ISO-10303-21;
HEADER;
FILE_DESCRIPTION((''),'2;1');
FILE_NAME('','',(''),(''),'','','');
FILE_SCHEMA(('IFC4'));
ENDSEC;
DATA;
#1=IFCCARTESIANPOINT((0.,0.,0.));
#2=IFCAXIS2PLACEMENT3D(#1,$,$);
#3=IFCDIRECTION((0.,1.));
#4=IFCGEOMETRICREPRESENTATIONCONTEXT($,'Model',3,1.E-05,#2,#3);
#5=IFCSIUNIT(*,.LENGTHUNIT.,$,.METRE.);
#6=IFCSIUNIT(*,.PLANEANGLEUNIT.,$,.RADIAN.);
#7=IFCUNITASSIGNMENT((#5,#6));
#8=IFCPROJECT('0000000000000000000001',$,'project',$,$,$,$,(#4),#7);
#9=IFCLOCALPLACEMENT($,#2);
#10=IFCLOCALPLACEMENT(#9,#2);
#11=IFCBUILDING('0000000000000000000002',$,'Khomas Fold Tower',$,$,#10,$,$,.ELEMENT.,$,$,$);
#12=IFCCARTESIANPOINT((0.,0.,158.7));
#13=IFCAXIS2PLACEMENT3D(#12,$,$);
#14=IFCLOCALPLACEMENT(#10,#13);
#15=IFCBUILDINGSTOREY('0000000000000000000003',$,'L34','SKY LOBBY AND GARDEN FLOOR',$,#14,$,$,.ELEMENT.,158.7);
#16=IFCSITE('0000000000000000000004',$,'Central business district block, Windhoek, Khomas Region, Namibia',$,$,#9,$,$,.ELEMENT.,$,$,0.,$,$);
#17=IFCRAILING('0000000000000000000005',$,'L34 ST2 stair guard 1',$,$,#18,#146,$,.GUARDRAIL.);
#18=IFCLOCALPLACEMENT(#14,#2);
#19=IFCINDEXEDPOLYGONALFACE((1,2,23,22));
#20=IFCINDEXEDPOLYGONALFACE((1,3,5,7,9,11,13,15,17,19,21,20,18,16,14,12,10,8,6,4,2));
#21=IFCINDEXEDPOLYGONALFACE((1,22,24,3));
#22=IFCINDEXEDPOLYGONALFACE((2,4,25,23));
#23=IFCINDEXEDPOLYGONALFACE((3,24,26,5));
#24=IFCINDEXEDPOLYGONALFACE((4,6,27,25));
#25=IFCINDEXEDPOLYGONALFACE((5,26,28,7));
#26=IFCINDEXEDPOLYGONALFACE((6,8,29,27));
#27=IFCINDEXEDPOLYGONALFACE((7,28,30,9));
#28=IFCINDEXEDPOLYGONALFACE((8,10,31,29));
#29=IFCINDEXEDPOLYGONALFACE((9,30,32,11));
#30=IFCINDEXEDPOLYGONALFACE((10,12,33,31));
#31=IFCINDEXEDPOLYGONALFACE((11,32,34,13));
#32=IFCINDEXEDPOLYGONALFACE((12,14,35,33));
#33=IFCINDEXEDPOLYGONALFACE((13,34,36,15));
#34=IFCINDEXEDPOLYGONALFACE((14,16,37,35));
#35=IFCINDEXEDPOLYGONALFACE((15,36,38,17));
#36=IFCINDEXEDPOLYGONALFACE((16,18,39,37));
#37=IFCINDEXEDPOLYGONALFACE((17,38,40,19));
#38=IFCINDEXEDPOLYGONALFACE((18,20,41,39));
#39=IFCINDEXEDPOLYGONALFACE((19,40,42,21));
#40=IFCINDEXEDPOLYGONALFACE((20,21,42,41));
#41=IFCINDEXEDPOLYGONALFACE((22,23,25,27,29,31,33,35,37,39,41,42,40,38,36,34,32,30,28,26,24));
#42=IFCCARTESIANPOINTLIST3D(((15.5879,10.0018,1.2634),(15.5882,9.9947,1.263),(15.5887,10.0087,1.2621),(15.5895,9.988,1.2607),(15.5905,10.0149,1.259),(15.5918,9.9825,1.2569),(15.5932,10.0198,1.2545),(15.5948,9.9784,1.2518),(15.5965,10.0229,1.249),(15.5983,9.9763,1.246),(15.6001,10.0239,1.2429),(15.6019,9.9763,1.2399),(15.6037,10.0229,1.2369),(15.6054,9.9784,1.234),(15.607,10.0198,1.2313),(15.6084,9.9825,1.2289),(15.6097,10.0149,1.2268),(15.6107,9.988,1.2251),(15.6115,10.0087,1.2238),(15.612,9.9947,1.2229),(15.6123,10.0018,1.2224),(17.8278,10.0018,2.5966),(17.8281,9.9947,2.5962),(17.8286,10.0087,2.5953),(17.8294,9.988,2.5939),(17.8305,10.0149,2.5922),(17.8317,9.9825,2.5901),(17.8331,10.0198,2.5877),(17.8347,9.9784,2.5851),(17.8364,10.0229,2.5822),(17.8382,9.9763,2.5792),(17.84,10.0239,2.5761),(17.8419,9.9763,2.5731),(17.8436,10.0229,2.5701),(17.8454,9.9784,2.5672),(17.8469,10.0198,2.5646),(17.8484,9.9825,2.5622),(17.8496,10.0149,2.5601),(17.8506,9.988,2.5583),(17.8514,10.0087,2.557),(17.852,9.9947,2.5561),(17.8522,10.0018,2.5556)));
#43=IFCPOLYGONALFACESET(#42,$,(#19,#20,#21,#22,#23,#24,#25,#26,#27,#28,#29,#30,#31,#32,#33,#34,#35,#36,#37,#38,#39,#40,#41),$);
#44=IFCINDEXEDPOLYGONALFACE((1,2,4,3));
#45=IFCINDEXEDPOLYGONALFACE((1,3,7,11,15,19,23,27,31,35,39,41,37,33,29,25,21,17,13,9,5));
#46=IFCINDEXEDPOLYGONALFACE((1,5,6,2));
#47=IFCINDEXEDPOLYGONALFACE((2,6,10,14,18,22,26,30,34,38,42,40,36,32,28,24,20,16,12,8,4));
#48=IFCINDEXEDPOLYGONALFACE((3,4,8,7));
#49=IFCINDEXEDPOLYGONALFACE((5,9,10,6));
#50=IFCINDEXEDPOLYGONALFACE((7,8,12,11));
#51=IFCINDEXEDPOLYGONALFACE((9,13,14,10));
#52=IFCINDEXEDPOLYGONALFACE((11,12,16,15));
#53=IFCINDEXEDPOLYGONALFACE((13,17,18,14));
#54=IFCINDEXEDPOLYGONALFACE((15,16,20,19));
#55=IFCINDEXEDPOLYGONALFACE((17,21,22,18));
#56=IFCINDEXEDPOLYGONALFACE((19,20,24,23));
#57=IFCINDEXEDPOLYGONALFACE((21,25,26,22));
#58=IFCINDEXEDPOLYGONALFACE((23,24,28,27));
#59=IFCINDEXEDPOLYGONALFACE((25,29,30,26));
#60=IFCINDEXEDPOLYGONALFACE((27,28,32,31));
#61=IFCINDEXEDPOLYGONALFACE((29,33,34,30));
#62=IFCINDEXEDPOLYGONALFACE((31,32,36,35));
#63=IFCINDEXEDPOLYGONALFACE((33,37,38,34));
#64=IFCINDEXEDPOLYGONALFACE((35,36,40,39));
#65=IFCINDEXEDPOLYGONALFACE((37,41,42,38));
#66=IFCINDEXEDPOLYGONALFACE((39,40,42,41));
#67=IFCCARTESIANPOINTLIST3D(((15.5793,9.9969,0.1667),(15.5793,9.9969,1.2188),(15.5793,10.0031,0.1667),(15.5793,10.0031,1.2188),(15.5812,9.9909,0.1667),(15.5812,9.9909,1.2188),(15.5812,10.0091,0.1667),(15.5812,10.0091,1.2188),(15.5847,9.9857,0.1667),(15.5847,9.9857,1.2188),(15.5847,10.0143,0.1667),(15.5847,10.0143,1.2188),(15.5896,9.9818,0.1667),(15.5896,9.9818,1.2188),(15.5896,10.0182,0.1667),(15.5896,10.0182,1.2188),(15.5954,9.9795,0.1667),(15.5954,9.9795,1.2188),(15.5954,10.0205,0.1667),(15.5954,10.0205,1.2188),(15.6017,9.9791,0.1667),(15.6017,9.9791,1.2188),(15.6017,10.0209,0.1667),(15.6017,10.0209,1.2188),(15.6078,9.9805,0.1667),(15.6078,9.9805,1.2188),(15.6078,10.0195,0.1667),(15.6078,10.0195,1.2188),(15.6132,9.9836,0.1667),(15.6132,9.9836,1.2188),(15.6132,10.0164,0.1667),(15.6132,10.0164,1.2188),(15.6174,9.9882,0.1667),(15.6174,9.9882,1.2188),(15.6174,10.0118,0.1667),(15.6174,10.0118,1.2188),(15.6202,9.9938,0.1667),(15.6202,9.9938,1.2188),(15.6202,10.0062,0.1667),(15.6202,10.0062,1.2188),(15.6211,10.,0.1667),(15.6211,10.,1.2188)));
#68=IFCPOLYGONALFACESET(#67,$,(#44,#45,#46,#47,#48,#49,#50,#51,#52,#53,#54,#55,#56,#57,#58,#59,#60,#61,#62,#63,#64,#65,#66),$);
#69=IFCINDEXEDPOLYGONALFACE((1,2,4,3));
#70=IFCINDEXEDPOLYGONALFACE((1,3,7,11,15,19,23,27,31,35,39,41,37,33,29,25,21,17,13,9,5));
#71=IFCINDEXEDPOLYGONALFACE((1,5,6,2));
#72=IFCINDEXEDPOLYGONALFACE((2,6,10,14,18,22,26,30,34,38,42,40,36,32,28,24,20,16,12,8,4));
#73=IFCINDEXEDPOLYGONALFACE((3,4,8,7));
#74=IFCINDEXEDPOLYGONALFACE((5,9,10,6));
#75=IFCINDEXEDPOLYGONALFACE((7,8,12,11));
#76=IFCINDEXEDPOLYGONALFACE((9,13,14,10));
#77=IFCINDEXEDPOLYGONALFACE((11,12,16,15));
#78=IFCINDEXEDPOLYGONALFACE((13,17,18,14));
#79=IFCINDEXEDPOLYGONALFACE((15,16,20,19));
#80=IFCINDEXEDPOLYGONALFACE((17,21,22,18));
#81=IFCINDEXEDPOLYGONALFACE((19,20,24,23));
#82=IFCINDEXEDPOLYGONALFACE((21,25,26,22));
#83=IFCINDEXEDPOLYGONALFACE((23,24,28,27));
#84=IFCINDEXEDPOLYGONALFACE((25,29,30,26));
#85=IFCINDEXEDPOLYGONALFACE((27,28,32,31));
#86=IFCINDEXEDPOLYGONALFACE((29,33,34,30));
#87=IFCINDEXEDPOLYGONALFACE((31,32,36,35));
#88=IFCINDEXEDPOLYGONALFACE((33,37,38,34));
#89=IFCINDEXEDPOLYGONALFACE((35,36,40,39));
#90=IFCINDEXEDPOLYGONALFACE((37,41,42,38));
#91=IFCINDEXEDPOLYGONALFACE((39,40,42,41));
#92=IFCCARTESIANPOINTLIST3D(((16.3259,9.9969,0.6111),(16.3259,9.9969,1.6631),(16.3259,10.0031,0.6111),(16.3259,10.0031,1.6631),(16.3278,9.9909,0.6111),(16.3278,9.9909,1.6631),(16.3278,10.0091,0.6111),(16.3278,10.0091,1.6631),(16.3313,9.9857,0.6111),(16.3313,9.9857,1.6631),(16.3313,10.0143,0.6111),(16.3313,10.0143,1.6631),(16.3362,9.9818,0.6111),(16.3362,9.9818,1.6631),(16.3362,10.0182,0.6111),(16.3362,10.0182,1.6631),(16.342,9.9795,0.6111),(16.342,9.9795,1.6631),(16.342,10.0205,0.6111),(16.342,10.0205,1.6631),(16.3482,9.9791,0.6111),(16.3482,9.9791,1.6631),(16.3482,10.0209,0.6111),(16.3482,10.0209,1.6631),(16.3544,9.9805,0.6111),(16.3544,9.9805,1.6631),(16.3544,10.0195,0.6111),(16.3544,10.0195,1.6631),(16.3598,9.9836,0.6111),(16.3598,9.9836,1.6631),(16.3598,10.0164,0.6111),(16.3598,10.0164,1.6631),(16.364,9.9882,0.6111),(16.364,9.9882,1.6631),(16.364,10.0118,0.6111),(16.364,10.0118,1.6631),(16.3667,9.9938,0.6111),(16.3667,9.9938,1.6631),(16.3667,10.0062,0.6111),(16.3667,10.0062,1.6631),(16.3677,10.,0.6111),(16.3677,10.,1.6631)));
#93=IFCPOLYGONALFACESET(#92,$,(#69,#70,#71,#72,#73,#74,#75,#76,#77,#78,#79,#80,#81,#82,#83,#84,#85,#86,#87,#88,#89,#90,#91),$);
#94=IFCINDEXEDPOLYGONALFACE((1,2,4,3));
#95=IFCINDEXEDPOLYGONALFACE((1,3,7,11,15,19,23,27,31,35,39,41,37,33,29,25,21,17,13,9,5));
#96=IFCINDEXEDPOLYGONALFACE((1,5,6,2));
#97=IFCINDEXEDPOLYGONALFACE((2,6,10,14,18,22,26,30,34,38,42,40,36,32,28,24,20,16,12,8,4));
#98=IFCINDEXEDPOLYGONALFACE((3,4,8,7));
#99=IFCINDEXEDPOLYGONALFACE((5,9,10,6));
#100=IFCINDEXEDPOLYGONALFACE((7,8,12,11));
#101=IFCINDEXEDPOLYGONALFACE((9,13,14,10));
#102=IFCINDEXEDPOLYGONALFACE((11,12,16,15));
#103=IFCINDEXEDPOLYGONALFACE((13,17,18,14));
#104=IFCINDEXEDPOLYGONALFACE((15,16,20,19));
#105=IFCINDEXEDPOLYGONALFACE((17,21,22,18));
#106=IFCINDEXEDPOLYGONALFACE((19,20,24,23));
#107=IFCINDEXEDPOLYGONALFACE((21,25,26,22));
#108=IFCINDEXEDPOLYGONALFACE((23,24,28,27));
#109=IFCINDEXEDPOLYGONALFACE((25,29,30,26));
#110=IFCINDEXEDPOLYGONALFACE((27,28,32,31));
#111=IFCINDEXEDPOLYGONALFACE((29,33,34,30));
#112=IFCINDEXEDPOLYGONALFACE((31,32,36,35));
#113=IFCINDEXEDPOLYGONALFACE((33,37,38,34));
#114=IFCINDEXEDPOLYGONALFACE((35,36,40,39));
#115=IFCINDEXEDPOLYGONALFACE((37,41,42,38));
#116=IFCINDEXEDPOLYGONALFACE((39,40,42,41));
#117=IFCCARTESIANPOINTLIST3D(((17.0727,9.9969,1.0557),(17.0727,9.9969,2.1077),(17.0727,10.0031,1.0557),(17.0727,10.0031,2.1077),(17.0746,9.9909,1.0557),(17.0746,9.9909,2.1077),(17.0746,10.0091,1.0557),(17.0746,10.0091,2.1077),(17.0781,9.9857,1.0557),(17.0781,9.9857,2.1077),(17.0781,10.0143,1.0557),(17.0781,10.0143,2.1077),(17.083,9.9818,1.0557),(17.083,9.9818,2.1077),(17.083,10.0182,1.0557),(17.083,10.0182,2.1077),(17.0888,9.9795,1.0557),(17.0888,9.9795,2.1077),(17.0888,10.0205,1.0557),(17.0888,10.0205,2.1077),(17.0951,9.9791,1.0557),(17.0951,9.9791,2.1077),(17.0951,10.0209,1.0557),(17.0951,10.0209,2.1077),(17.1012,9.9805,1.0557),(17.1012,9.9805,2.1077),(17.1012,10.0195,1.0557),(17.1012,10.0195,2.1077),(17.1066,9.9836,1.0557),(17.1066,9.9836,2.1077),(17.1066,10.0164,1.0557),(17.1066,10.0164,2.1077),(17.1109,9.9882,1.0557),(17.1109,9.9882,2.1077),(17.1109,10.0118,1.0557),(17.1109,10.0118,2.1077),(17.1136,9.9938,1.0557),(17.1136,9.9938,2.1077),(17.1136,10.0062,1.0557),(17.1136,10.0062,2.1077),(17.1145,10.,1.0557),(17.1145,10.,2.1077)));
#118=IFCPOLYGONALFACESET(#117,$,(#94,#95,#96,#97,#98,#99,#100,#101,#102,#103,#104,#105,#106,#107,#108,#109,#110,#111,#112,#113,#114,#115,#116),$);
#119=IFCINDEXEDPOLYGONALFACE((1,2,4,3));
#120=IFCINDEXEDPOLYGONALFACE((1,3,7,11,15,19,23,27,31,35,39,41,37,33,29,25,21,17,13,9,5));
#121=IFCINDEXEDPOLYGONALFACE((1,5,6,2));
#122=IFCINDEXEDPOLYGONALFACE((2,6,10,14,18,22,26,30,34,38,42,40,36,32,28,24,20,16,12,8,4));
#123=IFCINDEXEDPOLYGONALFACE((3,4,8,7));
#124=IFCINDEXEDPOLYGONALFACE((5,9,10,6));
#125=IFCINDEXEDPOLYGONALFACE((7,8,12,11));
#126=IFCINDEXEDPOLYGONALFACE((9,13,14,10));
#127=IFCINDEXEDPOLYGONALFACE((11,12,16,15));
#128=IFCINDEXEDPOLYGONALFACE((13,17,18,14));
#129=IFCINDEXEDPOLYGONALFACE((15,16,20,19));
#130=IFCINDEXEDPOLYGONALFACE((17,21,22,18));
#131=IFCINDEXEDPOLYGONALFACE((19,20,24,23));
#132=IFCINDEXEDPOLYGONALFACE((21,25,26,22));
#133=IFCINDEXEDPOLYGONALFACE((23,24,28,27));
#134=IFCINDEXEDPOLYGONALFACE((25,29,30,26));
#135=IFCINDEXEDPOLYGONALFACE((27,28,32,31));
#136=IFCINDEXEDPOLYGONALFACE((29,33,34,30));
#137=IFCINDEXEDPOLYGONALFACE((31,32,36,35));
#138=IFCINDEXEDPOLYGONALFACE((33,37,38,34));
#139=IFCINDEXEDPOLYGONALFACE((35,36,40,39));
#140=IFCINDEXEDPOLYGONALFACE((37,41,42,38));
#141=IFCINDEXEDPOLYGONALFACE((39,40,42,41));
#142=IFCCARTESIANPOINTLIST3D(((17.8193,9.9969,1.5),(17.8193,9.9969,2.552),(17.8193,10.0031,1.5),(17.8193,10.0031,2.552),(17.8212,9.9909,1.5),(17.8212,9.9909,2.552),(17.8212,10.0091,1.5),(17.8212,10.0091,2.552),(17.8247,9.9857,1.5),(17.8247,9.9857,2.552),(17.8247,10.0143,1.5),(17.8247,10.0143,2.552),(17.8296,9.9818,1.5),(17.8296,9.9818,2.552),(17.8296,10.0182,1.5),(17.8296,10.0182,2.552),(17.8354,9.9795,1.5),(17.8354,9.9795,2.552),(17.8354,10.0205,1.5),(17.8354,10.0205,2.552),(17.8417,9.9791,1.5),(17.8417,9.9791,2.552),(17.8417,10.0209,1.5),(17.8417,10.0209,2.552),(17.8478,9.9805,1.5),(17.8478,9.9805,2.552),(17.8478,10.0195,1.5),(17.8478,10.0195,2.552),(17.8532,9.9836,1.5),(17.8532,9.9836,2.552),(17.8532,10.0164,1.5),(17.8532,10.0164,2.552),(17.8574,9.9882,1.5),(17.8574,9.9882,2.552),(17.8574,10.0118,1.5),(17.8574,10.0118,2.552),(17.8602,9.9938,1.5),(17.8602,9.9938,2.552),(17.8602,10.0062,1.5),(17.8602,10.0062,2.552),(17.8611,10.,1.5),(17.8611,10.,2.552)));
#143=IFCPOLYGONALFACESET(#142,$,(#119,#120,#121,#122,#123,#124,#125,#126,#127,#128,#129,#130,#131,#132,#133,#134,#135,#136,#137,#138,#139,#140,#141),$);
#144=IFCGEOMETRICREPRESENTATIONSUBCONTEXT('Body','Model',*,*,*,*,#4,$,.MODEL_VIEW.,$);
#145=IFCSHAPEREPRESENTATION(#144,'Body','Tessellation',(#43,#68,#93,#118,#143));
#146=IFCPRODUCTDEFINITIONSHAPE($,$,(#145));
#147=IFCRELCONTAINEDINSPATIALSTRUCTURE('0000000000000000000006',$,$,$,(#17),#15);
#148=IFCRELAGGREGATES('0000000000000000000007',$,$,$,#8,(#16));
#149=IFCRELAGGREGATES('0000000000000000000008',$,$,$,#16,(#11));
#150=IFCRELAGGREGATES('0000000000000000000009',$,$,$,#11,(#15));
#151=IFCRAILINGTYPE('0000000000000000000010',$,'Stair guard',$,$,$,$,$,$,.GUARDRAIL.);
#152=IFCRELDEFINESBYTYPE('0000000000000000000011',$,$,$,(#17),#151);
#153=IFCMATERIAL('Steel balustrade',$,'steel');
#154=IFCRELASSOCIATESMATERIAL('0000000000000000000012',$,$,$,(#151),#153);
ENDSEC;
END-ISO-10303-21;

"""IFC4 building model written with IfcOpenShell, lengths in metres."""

from ifc_helpers import new_model, si_unit, direction, frame, origin, origin_2d, place, context, subcontext, project, spatial, circle, extrude, source, transform, mapped, material, type_object, element, save


model = new_model("IFC4")

# Units and contexts
model_context = context("Model", 3, precision=1e-05, world=origin(), true_north=direction((0.0, 1.0)))
body_context = subcontext(model_context, "Body", "Model", "MODEL_VIEW")
ifc_project = project(units=[si_unit("LENGTHUNIT", "METRE"), si_unit("PLANEANGLEUNIT", "RADIAN")], contexts=[model_context])

# Site, building, storey
site_placement = place(None, origin())
site = spatial("IfcSite", under=ifc_project, at=site_placement, Name="Central business district block, Windhoek, Khomas Region, Namibia", CompositionType="ELEMENT", RefElevation=0.0)
building_placement = place(site_placement, origin())
building = spatial("IfcBuilding", under=site, at=building_placement, Name="Khomas Fold Tower", CompositionType="ELEMENT")
storey_placement = place(building_placement, frame((0.0, 0.0, 158.7)))
storey = spatial("IfcBuildingStorey", under=building, at=storey_placement, Name="L34", Description="SKY LOBBY AND GARDEN FLOOR", CompositionType="ELEMENT", Elevation=158.7)

# Railing
ifc_material_1 = material(Name="Steel balustrade", Category="steel")
railing_type_1 = type_object("IfcRailingType", Name="Stair guard", PredefinedType="GUARDRAIL", material=ifc_material_1)
shared_shape_1 = source(origin(), body_context, "Body", "SweptSolid", [
    extrude(circle(Radius=0.0239, at=origin_2d()), frame((0.0, 0.0, 1.0762), z_axis=(0.859306, 0.0, 0.511462), x_axis=(0.0, 1.0, 0.0)), (0.0, 0.0, 1.0), 2.6067),
    extrude(circle(Radius=0.021, at=origin_2d()), origin(), (0.0, 0.0, 1.0), 1.052),
    extrude(circle(Radius=0.021, at=origin_2d()), frame((0.7466, 0.0, 0.4443)), (0.0, 0.0, 1.0), 1.052),
    extrude(circle(Radius=0.021, at=origin_2d()), frame((1.4934, 0.0, 0.8889)), (0.0, 0.0, 1.0), 1.052),
    extrude(circle(Radius=0.021, at=origin_2d()), frame((2.24, 0.0, 1.3333)), (0.0, 0.0, 1.0), 1.052),
])
for number, where, name in (
    (1, (15.6001, 10.0, 0.1667), "L34 ST2 stair guard 1"),
):
    element("IfcRailing", number, at=place(storey_placement, frame(where)), inside=storey, type_object=railing_type_1, Name=name, PredefinedType="GUARDRAIL", context=body_context, shape_type="MappedRepresentation", body=[
        mapped(shared_shape_1, transform((0.0, 0.0, 0.0))),
    ])

save(model, "model.ifc")
